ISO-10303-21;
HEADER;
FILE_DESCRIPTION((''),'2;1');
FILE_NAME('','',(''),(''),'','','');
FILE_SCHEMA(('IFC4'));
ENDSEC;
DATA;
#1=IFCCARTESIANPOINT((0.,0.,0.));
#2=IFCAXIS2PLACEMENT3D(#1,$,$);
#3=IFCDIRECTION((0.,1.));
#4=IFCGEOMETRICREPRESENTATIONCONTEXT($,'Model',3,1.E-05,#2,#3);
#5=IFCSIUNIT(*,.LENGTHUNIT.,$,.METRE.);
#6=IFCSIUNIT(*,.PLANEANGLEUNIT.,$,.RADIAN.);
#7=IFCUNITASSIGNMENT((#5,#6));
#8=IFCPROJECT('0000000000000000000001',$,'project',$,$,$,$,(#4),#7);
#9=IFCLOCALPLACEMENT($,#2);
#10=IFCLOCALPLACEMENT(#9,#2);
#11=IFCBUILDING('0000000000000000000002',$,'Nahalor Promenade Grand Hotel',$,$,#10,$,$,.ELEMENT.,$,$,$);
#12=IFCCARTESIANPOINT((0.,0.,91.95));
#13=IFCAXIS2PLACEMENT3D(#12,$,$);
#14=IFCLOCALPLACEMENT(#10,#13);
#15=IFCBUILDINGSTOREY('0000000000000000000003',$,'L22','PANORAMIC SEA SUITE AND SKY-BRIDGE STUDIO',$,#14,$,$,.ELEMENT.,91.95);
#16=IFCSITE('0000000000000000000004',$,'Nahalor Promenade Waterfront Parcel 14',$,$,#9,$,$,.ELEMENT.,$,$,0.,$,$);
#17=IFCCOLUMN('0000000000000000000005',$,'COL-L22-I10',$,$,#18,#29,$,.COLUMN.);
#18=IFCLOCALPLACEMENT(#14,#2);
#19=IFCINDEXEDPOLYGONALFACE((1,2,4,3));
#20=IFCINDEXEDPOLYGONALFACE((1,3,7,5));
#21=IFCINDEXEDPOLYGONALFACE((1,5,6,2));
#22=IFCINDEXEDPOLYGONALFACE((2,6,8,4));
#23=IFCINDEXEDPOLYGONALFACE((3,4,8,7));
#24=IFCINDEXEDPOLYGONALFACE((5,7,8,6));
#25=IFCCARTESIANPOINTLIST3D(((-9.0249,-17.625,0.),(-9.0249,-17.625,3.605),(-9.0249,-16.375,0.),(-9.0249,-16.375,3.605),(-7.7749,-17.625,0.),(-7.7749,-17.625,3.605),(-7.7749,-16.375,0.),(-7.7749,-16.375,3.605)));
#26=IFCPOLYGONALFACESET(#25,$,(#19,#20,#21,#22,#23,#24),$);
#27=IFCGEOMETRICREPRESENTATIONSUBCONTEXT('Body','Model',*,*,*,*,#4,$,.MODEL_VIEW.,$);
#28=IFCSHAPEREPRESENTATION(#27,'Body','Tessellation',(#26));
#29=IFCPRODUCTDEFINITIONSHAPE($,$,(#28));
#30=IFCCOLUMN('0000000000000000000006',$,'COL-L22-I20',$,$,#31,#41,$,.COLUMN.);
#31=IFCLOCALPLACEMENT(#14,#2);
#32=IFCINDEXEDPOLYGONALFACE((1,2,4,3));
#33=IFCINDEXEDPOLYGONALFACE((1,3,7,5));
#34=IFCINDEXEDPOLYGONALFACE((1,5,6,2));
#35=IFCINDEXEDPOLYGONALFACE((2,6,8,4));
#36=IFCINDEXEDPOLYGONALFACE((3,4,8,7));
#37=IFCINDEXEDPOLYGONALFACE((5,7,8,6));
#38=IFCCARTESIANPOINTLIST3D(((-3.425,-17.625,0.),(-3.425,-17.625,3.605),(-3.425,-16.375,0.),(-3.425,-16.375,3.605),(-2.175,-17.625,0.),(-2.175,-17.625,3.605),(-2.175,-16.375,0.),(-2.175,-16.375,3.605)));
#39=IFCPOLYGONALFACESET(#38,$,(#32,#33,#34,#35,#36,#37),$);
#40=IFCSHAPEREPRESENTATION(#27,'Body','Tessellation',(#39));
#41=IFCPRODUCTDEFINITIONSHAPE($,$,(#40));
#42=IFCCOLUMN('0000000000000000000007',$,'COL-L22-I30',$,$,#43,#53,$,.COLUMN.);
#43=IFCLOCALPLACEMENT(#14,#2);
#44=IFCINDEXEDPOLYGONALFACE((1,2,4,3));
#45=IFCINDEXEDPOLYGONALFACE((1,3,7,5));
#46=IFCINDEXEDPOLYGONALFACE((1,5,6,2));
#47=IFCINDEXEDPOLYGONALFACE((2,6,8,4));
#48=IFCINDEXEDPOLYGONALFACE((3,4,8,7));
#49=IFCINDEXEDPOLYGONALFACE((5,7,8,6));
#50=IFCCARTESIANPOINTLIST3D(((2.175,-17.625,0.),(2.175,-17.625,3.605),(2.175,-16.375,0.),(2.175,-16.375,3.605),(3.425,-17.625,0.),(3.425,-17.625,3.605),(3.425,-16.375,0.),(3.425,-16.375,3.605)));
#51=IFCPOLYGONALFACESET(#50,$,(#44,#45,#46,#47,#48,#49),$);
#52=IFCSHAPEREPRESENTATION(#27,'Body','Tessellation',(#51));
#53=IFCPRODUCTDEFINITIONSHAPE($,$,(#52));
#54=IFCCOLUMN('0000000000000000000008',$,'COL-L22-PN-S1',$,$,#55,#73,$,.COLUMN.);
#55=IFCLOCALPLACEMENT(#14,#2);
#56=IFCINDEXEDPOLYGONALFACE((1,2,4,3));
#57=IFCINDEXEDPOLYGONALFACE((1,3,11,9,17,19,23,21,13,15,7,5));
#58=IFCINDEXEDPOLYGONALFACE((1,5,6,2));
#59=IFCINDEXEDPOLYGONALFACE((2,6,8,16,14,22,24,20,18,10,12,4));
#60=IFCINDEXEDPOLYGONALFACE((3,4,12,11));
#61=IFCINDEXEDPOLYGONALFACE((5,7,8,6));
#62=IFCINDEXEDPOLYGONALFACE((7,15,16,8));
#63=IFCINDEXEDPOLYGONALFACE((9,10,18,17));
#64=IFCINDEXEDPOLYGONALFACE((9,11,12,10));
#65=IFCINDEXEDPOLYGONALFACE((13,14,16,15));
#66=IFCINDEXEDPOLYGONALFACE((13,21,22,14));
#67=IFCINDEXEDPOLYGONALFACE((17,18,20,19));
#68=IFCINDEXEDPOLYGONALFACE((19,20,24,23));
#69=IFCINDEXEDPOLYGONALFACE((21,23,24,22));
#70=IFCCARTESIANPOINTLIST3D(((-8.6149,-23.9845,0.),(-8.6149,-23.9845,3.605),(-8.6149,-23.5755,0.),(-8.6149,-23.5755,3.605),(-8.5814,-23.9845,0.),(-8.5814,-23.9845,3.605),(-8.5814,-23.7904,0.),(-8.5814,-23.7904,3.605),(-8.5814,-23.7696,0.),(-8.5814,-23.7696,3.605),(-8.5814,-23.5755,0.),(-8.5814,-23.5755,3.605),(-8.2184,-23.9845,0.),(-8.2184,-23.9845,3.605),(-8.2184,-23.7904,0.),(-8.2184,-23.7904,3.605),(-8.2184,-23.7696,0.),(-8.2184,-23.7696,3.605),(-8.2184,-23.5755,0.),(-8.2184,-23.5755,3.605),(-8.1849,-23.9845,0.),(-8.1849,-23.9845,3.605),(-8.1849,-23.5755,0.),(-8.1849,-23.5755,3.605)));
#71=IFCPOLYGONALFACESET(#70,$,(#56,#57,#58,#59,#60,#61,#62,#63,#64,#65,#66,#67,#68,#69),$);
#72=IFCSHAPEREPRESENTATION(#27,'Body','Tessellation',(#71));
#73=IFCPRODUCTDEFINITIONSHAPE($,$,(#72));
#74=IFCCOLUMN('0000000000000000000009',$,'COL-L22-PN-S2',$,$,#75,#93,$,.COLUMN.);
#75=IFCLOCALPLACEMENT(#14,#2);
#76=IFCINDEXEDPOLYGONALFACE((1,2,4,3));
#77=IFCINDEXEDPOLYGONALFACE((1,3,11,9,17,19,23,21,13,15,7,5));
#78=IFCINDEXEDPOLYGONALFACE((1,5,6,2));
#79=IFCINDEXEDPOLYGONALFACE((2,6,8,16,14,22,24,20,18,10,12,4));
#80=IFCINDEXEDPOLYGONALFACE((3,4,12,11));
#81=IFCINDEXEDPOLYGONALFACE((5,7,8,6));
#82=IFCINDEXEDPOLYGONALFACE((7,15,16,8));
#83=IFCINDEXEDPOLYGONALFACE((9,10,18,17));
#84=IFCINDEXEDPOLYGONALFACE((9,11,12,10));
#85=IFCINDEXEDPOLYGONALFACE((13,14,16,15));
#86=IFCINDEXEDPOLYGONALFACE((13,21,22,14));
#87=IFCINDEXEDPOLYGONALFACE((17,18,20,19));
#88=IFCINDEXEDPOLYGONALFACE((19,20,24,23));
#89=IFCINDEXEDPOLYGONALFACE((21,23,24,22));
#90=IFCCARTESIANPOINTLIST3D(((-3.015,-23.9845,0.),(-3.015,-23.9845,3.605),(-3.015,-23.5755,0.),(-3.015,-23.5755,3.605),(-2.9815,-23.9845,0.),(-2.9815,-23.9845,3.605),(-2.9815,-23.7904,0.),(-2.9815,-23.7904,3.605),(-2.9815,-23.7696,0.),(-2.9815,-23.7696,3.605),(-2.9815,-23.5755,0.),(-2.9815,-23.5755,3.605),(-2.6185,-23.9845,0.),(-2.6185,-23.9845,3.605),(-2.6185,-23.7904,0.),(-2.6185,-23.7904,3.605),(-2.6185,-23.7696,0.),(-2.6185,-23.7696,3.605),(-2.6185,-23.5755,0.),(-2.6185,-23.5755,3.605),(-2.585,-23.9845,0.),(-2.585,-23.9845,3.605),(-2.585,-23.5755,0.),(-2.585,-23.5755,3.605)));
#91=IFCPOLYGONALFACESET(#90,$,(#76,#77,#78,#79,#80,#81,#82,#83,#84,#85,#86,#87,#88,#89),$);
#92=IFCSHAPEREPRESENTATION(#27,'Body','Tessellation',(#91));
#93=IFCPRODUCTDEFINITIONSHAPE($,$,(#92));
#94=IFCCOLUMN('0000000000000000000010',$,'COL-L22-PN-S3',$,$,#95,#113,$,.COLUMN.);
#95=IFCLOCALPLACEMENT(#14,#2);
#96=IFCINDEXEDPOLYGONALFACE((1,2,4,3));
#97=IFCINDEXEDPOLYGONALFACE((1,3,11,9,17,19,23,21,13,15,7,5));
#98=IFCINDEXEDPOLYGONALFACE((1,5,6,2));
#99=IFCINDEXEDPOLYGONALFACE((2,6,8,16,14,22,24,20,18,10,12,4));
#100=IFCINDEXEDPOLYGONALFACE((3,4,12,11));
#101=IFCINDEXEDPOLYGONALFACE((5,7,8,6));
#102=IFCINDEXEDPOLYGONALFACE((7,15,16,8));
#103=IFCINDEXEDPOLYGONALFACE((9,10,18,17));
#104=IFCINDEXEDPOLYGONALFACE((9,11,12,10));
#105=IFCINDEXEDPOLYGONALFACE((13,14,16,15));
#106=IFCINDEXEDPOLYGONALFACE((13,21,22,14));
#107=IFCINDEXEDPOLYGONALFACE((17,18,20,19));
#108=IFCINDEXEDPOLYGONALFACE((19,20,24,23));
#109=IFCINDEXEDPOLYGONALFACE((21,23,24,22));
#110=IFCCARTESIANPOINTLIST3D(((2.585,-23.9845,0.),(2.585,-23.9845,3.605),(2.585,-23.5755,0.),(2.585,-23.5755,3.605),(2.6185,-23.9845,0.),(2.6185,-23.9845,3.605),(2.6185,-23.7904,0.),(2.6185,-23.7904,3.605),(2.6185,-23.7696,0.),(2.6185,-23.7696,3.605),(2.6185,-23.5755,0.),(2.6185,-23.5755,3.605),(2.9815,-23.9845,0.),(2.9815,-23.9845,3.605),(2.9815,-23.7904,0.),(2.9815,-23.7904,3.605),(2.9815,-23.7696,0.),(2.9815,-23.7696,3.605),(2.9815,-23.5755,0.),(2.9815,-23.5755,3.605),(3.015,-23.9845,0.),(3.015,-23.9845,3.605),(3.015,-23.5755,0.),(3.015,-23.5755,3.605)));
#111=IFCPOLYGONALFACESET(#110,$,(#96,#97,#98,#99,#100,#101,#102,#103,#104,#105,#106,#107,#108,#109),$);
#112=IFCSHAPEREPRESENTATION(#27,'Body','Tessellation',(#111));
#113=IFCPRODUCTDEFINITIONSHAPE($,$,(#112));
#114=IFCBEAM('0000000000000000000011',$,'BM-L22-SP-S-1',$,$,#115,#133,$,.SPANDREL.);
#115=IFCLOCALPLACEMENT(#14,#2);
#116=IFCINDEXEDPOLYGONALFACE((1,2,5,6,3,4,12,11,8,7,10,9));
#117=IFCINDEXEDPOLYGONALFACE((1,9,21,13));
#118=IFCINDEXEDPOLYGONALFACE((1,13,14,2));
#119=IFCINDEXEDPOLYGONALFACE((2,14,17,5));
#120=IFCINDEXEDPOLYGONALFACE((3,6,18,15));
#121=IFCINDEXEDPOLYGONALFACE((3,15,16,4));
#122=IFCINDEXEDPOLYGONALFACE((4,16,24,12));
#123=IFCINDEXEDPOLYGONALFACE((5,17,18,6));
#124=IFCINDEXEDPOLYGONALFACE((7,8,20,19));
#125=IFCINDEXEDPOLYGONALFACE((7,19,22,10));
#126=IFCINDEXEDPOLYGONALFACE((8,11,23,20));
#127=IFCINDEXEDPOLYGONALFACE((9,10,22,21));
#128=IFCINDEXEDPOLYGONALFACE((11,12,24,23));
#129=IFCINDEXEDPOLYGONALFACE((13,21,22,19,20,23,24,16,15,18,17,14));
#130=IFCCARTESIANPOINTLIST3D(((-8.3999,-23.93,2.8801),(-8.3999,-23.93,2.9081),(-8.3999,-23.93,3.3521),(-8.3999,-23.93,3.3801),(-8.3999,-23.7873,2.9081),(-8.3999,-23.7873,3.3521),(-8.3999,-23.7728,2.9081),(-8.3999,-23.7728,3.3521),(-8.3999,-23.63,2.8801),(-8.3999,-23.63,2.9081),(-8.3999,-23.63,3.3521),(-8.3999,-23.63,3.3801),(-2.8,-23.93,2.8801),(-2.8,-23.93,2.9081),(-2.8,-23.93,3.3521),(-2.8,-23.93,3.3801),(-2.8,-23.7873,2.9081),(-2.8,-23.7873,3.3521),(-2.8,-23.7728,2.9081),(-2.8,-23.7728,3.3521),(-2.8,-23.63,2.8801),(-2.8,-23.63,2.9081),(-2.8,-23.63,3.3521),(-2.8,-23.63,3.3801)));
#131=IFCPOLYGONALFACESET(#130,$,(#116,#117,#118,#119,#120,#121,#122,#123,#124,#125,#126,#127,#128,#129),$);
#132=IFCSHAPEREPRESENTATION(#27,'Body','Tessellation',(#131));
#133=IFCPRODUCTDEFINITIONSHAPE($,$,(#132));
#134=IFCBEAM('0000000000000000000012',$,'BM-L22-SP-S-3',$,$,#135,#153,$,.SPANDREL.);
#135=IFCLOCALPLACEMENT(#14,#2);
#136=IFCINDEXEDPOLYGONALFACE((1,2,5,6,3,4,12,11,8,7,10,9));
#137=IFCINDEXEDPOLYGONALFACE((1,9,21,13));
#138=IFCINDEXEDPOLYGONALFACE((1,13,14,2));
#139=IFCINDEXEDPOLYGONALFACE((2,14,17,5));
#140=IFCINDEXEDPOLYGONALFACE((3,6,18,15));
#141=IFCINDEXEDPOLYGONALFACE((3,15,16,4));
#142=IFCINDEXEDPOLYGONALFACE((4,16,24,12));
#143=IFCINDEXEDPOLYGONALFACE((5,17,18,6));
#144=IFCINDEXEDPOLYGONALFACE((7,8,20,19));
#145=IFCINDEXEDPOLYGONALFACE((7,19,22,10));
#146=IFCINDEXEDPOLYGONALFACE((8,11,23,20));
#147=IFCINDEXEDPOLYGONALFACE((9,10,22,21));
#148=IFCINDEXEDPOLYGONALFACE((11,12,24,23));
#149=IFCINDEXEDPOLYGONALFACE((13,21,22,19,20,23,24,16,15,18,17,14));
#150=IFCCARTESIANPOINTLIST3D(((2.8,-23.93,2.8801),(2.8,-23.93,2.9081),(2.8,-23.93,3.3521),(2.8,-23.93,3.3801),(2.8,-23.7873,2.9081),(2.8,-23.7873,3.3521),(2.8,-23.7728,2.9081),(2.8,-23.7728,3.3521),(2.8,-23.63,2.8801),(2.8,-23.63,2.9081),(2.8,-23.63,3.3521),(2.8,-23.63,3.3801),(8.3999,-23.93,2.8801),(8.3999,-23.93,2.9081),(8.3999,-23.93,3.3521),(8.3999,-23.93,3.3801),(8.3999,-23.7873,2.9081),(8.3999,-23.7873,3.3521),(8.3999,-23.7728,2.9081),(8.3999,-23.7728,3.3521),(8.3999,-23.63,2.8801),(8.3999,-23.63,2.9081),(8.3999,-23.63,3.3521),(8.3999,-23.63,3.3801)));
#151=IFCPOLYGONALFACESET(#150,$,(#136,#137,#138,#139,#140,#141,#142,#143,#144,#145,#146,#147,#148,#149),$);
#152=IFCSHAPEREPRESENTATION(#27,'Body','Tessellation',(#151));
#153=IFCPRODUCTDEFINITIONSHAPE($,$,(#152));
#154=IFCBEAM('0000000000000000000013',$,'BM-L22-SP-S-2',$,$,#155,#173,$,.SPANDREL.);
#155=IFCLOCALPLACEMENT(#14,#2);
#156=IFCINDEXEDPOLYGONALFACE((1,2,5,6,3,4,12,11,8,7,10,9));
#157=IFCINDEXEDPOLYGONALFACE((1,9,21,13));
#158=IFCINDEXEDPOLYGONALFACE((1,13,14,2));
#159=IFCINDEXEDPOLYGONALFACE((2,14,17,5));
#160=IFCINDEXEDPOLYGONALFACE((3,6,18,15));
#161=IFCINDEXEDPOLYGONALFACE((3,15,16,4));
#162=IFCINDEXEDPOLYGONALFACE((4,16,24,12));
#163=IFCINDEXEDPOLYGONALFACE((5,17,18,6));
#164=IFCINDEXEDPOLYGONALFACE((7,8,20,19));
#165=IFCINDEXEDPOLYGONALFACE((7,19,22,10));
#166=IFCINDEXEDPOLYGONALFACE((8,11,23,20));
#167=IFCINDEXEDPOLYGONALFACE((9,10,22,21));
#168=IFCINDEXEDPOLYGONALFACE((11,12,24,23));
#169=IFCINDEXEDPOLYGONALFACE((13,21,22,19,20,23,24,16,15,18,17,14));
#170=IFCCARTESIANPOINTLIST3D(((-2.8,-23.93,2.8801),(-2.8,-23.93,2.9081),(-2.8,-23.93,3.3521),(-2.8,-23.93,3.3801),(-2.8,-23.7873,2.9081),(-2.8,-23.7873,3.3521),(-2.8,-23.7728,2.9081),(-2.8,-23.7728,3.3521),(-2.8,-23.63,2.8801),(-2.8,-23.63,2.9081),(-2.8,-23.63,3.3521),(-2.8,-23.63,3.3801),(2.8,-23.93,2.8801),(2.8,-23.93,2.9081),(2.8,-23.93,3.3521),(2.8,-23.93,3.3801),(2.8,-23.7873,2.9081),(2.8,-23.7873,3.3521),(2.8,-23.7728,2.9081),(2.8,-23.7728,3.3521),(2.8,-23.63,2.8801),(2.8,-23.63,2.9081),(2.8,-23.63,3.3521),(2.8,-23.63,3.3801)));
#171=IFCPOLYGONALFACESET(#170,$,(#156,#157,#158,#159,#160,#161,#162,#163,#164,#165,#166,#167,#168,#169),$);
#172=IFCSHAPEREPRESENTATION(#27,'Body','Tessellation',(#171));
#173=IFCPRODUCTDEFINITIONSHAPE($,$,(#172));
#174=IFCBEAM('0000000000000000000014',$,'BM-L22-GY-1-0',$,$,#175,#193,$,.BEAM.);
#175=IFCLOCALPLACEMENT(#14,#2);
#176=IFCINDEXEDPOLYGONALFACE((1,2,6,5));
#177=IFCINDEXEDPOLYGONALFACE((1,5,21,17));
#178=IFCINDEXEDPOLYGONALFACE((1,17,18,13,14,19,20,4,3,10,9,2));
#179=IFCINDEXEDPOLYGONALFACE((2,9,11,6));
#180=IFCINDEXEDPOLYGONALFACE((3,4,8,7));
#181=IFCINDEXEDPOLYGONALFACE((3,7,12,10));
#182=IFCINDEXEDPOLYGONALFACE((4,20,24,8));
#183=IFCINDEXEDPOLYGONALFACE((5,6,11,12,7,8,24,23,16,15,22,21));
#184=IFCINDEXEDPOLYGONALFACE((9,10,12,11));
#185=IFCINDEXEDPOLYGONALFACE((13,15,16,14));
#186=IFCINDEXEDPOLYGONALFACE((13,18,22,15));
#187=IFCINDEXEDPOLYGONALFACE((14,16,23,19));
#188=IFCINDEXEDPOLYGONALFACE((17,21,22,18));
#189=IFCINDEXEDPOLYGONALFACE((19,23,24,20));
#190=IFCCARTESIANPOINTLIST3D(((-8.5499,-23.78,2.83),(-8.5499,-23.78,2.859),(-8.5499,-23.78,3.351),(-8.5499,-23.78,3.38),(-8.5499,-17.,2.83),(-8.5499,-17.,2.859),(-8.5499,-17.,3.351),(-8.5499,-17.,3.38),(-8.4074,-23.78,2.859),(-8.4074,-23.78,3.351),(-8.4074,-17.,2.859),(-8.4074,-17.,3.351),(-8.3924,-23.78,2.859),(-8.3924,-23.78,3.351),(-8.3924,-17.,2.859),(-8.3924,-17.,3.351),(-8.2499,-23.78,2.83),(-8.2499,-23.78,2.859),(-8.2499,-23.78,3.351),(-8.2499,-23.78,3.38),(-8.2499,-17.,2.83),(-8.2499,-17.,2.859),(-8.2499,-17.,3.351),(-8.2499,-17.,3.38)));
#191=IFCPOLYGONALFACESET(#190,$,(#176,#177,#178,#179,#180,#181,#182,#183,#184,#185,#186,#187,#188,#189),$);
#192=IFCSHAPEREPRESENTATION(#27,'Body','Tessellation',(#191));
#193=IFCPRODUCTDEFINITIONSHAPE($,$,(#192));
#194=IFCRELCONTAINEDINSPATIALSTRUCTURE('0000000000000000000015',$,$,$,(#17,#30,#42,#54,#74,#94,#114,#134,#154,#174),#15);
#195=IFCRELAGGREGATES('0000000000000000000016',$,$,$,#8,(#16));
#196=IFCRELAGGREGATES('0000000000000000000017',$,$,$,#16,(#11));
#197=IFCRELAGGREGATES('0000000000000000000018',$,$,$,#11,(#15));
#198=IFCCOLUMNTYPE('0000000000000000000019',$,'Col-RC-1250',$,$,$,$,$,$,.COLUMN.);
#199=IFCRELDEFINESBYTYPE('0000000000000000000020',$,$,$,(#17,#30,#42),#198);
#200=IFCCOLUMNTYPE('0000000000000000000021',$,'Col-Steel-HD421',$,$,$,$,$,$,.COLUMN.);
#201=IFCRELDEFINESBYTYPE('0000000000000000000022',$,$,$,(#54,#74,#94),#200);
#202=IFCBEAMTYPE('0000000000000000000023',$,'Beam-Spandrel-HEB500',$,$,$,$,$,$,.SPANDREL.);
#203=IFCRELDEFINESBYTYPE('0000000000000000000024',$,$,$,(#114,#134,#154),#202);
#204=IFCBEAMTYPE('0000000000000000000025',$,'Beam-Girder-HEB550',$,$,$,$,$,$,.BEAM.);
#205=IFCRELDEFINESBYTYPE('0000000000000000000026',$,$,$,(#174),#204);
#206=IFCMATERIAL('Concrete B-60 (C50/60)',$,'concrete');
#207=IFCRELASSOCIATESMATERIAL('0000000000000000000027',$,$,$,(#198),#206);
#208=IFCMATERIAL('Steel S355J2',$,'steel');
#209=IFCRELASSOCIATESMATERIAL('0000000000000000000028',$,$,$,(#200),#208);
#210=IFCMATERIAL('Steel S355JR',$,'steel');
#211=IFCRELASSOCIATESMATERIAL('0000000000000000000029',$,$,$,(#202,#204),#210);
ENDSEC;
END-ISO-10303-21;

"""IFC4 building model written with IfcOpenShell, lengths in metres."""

from ifc_helpers import new_model, si_unit, direction, frame, origin, origin_2d, place, context, subcontext, project, spatial, rectangle, i_section, extrude, source, transform, mapped, material, material_profile, profile_set, type_object, element, save


model = new_model("IFC4")

# Units and contexts
model_context = context("Model", 3, precision=1e-05, world=origin(), true_north=direction((0.0, 1.0)))
body_context = subcontext(model_context, "Body", "Model", "MODEL_VIEW")
ifc_project = project(units=[si_unit("LENGTHUNIT", "METRE"), si_unit("PLANEANGLEUNIT", "RADIAN")], contexts=[model_context])

# Site, building, storey
site_placement = place(None, origin())
site = spatial("IfcSite", under=ifc_project, at=site_placement, Name="Nahalor Promenade Waterfront Parcel 14", CompositionType="ELEMENT", RefElevation=0.0)
building_placement = place(site_placement, origin())
building = spatial("IfcBuilding", under=site, at=building_placement, Name="Nahalor Promenade Grand Hotel", CompositionType="ELEMENT")
storey_placement = place(building_placement, frame((0.0, 0.0, 91.95)))
storey = spatial("IfcBuildingStorey", under=building, at=storey_placement, Name="L22", Description="PANORAMIC SEA SUITE AND SKY-BRIDGE STUDIO", CompositionType="ELEMENT", Elevation=91.95)

# Columns
ifc_material_1 = material(Name="Concrete B-60 (C50/60)", Category="concrete")
ifc_material_profile_1 = material_profile(ifc_material_1, rectangle(XDim=1.25, YDim=1.25, at=origin_2d()), Name="RC 1250x1250")
ifc_profile_set_1 = profile_set([ifc_material_profile_1], Name="Concrete B-60 (C50/60)")
column_type_1 = type_object("IfcColumnType", Name="Col-RC-1250", PredefinedType="COLUMN", material=ifc_profile_set_1)
shared_shape_1 = source(origin(), body_context, "Body", "SweptSolid", [
    extrude(rectangle(XDim=1.25, YDim=1.25, at=origin_2d()), origin(), (0.0, 0.0, 1.0), 3.605),
])
for number, where, z_axis, x_axis, name in (
    (1, (-8.3999, -17.0, 0.0), (0.0, 0.0, 1.0), (1.0, 0.0, 0.0), "COL-L22-I10"),
    (2, (-2.8, -17.0, 0.0), (0.0, 0.0, 1.0), (1.0, 0.0, 0.0), "COL-L22-I20"),
    (3, (2.8, -17.0, 0.0), (0.0, 0.0, 1.0), (1.0, 0.0, 0.0), "COL-L22-I30"),
):
    element("IfcColumn", number, at=place(storey_placement, frame(where, z_axis=z_axis, x_axis=x_axis)), inside=storey, type_object=column_type_1, Name=name, PredefinedType="COLUMN", context=body_context, shape_type="MappedRepresentation", body=[
        mapped(shared_shape_1, transform((0.0, 0.0, 0.0), scale=1.0)),
    ])
ifc_material_2 = material(Name="Steel S355J2", Category="steel")
ifc_material_profile_2 = material_profile(ifc_material_2, i_section(OverallWidth=0.409, OverallDepth=0.43, WebThickness=0.0208, FlangeThickness=0.0335, at=origin_2d()), Name="HD 400x421")
ifc_profile_set_2 = profile_set([ifc_material_profile_2], Name="Steel S355J2")
column_type_2 = type_object("IfcColumnType", Name="Col-Steel-HD421", PredefinedType="COLUMN", material=ifc_profile_set_2)
shared_shape_2 = source(origin(), body_context, "Body", "SweptSolid", [
    extrude(i_section(OverallWidth=0.409, OverallDepth=0.43, WebThickness=0.0208, FlangeThickness=0.0335, at=origin_2d()), origin(), (0.0, 0.0, 1.0), 3.605),
])
for number, where, z_axis, x_axis, name in (
    (4, (-8.3999, -23.78, 0.0), (0.0, 0.0, 1.0), (0.0, 1.0, 0.0), "COL-L22-PN-S1"),
    (5, (-2.8, -23.78, 0.0), (0.0, 0.0, 1.0), (0.0, 1.0, 0.0), "COL-L22-PN-S2"),
    (6, (2.8, -23.78, 0.0), (0.0, 0.0, 1.0), (0.0, 1.0, 0.0), "COL-L22-PN-S3"),
):
    element("IfcColumn", number, at=place(storey_placement, frame(where, z_axis=z_axis, x_axis=x_axis)), inside=storey, type_object=column_type_2, Name=name, PredefinedType="COLUMN", context=body_context, shape_type="MappedRepresentation", body=[
        mapped(shared_shape_2, transform((0.0, 0.0, 0.0), scale=1.0)),
    ])

# Beams
ifc_material_3 = material(Name="Steel S355JR", Category="steel")
ifc_material_profile_3 = material_profile(ifc_material_3, i_section(OverallWidth=0.3, OverallDepth=0.5, WebThickness=0.0145, FlangeThickness=0.028, at=origin_2d()), Name="HEB 500")
ifc_profile_set_3 = profile_set([ifc_material_profile_3], Name="Steel S355JR")
beam_type_1 = type_object("IfcBeamType", Name="Beam-Spandrel-HEB500", PredefinedType="SPANDREL", material=ifc_profile_set_3)
shared_shape_3 = source(origin(), body_context, "Body", "SweptSolid", [
    extrude(i_section(OverallWidth=0.3, OverallDepth=0.5, WebThickness=0.0145, FlangeThickness=0.028, at=origin_2d()), origin(), (0.0, 0.0, 1.0), 5.5999),
])
for number, where, z_axis, x_axis, name in (
    (7, (-8.3999, -23.78, 3.1301), (1.0, 0.0, 0.0), (0.0, 1.0, 0.0), "BM-L22-SP-S-1"),
    (8, (2.8, -23.78, 3.1301), (1.0, 0.0, 0.0), (0.0, 1.0, 0.0), "BM-L22-SP-S-3"),
):
    element("IfcBeam", number, at=place(storey_placement, frame(where, z_axis=z_axis, x_axis=x_axis)), inside=storey, type_object=beam_type_1, Name=name, PredefinedType="SPANDREL", context=body_context, shape_type="MappedRepresentation", body=[
        mapped(shared_shape_3, transform((0.0, 0.0, 0.0), scale=1.0)),
    ])
shared_shape_4 = source(origin(), body_context, "Body", "SweptSolid", [
    extrude(i_section(OverallWidth=0.3, OverallDepth=0.5, WebThickness=0.0145, FlangeThickness=0.028, at=origin_2d()), origin(), (0.0, 0.0, 1.0), 5.6001),
])
beam_1_placement = place(storey_placement, frame((-2.8, -23.78, 3.1301), z_axis=(1.0, 0.0, 0.0), x_axis=(0.0, 1.0, 0.0)))
element("IfcBeam", 9, at=beam_1_placement, inside=storey, type_object=beam_type_1, Name="BM-L22-SP-S-2", PredefinedType="SPANDREL", context=body_context, shape_type="MappedRepresentation", body=[
    mapped(shared_shape_4, transform((0.0, 0.0, 0.0), scale=1.0)),
])
ifc_material_profile_4 = material_profile(ifc_material_3, i_section(OverallWidth=0.3, OverallDepth=0.55, WebThickness=0.015, FlangeThickness=0.029, at=origin_2d()), Name="HEB 550")
ifc_profile_set_4 = profile_set([ifc_material_profile_4], Name="Steel S355JR")
beam_type_2 = type_object("IfcBeamType", Name="Beam-Girder-HEB550", PredefinedType="BEAM", material=ifc_profile_set_4)
shared_shape_5 = source(origin(), body_context, "Body", "SweptSolid", [
    extrude(i_section(OverallWidth=0.3, OverallDepth=0.55, WebThickness=0.015, FlangeThickness=0.029, at=origin_2d()), origin(), (0.0, 0.0, 1.0), 6.78),
])
for number, where, z_axis, x_axis, name in (
    (10, (-8.3999, -23.78, 3.105), (0.0, 1.0, 0.0), (-1.0, 0.0, 0.0), "BM-L22-GY-1-0"),
):
    element("IfcBeam", number, at=place(storey_placement, frame(where, z_axis=z_axis, x_axis=x_axis)), inside=storey, type_object=beam_type_2, Name=name, PredefinedType="BEAM", context=body_context, shape_type="MappedRepresentation", body=[
        mapped(shared_shape_5, transform((0.0, 0.0, 0.0), scale=1.0)),
    ])

save(model, "model.ifc")
